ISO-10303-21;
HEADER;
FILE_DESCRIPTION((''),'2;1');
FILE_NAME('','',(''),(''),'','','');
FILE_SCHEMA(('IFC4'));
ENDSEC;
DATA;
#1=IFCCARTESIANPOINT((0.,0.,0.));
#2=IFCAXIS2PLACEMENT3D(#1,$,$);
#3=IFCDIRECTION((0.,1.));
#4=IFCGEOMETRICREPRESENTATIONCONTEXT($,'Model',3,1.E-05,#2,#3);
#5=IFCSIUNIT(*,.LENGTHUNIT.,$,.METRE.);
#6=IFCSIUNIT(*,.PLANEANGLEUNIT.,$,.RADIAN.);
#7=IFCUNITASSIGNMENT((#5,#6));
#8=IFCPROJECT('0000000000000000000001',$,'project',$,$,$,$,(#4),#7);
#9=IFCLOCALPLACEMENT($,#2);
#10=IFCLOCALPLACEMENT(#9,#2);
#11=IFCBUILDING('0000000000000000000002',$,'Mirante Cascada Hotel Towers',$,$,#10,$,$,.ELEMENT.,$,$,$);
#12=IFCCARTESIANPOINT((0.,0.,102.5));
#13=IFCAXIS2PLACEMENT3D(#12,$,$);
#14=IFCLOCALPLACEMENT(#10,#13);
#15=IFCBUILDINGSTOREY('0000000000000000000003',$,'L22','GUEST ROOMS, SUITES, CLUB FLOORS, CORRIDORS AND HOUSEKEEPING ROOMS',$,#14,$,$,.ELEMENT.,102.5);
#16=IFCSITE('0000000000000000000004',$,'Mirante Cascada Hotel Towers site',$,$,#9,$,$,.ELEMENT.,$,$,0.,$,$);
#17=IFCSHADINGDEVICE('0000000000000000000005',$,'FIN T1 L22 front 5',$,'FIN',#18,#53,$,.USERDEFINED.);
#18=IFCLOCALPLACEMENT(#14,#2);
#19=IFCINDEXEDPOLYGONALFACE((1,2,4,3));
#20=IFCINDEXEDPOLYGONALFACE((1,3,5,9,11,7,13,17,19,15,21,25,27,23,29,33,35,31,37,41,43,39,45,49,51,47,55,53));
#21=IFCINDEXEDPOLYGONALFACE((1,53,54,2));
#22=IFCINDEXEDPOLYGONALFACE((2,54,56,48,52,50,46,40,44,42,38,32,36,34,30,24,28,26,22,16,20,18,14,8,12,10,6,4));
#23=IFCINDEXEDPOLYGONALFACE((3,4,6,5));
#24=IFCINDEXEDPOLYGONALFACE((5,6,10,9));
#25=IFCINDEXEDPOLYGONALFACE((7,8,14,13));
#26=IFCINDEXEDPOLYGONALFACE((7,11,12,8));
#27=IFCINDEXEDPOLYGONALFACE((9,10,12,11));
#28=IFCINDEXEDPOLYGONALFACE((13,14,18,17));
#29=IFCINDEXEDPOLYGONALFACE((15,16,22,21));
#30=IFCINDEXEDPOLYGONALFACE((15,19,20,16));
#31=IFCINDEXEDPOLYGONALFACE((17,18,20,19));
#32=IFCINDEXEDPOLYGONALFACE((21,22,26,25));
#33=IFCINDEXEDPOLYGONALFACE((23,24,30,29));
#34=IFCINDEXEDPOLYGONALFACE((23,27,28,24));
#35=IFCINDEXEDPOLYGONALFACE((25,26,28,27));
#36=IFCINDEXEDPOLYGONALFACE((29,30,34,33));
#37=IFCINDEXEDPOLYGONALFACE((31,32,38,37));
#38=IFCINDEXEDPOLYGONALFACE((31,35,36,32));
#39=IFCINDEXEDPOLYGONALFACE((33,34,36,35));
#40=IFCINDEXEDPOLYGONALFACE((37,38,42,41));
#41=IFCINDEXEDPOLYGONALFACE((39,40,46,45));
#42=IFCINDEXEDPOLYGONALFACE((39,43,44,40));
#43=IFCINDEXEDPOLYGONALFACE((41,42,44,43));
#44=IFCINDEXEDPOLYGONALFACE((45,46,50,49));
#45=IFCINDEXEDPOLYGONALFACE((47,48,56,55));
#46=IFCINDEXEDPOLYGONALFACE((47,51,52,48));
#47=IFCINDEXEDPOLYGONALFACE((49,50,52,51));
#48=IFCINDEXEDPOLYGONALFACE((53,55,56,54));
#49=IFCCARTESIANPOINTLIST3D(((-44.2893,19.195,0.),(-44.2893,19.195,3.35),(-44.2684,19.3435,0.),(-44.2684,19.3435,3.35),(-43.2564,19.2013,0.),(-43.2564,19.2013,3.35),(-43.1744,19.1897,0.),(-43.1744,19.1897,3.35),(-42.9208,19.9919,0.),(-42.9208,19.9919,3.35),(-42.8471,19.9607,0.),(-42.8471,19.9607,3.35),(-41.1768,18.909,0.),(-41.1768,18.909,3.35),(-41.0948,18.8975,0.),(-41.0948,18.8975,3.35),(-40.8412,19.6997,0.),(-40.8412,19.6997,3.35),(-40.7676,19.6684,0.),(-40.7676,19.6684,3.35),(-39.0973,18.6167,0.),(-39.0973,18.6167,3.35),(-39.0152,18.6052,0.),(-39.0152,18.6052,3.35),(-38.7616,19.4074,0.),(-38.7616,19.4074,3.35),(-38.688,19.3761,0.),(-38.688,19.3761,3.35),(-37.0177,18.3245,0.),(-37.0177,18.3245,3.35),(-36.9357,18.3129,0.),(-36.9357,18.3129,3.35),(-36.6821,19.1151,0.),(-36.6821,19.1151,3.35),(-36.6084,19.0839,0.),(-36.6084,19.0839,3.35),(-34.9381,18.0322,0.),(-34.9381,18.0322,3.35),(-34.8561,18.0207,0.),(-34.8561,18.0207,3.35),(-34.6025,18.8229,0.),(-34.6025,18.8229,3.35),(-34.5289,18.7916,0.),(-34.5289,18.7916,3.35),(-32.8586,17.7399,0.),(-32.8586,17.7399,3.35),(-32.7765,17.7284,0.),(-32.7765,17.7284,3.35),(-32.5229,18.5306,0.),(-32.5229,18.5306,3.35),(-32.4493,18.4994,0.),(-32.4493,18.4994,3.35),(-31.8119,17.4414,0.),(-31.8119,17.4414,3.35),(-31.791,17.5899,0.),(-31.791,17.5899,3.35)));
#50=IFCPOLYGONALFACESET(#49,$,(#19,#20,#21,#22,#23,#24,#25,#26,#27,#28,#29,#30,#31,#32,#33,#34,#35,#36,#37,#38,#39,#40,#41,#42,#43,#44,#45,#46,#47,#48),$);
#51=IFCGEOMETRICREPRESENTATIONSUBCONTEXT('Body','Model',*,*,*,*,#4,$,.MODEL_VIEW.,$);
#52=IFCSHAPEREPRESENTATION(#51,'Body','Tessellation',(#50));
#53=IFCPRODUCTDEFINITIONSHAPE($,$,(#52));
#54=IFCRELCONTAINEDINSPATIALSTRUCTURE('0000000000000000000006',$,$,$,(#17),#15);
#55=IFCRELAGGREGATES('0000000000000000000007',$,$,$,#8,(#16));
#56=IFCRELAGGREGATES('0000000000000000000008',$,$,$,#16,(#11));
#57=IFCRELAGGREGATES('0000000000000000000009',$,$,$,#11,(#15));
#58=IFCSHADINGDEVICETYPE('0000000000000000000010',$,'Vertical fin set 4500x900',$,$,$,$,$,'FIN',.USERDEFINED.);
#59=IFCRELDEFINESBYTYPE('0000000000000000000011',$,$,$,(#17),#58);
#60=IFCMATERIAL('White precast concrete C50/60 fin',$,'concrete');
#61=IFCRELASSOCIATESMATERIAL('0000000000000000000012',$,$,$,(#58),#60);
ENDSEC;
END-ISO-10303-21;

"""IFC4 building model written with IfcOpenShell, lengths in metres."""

from ifc_helpers import new_model, si_unit, direction, frame, origin, place, context, subcontext, project, spatial, polyline, outline, extrude, material, type_object, element, save


model = new_model("IFC4")

# Units and contexts
model_context = context("Model", 3, precision=1e-05, world=origin(), true_north=direction((0.0, 1.0)))
body_context = subcontext(model_context, "Body", "Model", "MODEL_VIEW")
ifc_project = project(units=[si_unit("LENGTHUNIT", "METRE"), si_unit("PLANEANGLEUNIT", "RADIAN")], contexts=[model_context])

# Site, building, storey
site_placement = place(None, origin())
site = spatial("IfcSite", under=ifc_project, at=site_placement, Name="Mirante Cascada Hotel Towers site", CompositionType="ELEMENT", RefElevation=0.0)
building_placement = place(site_placement, origin())
building = spatial("IfcBuilding", under=site, at=building_placement, Name="Mirante Cascada Hotel Towers", CompositionType="ELEMENT")
storey_placement = place(building_placement, frame((0.0, 0.0, 102.5)))
storey = spatial("IfcBuildingStorey", under=building, at=storey_placement, Name="L22", Description="GUEST ROOMS, SUITES, CLUB FLOORS, CORRIDORS AND HOUSEKEEPING ROOMS", CompositionType="ELEMENT", Elevation=102.5)

# Shading device
ifc_material_1 = material(Name="White precast concrete C50/60 fin", Category="concrete")
shading_device_type = type_object("IfcShadingDeviceType", Name="Vertical fin set 4500x900", ElementType="FIN", PredefinedType="USERDEFINED", material=ifc_material_1)
shading_device_1_placement = place(storey_placement, origin())
element("IfcShadingDevice", 1, at=shading_device_1_placement, inside=storey, type_object=shading_device_type, Name="FIN T1 L22 front 5", ObjectType="FIN", PredefinedType="USERDEFINED", context=body_context, shape_type="SweptSolid", body=[
    extrude(outline(polyline([(-32.4493, 18.4994), (-32.7765, 17.7284), (-31.791, 17.5899), (-31.8119, 17.4414), (-44.2893, 19.195), (-44.2684, 19.3435), (-43.2564, 19.2013), (-42.9208, 19.9919), (-42.8471, 19.9607), (-43.1744, 19.1897), (-41.1768, 18.909), (-40.8412, 19.6997), (-40.7676, 19.6684), (-41.0948, 18.8975), (-39.0973, 18.6167), (-38.7616, 19.4074), (-38.688, 19.3761), (-39.0152, 18.6052), (-37.0177, 18.3245), (-36.6821, 19.1151), (-36.6084, 19.0839), (-36.9357, 18.3129), (-34.9381, 18.0322), (-34.6025, 18.8229), (-34.5289, 18.7916), (-34.8561, 18.0207), (-32.8586, 17.7399), (-32.5229, 18.5306), (-32.4493, 18.4994)])), origin(), (0.0, 0.0, 1.0), 3.35),
])

save(model, "model.ifc")
